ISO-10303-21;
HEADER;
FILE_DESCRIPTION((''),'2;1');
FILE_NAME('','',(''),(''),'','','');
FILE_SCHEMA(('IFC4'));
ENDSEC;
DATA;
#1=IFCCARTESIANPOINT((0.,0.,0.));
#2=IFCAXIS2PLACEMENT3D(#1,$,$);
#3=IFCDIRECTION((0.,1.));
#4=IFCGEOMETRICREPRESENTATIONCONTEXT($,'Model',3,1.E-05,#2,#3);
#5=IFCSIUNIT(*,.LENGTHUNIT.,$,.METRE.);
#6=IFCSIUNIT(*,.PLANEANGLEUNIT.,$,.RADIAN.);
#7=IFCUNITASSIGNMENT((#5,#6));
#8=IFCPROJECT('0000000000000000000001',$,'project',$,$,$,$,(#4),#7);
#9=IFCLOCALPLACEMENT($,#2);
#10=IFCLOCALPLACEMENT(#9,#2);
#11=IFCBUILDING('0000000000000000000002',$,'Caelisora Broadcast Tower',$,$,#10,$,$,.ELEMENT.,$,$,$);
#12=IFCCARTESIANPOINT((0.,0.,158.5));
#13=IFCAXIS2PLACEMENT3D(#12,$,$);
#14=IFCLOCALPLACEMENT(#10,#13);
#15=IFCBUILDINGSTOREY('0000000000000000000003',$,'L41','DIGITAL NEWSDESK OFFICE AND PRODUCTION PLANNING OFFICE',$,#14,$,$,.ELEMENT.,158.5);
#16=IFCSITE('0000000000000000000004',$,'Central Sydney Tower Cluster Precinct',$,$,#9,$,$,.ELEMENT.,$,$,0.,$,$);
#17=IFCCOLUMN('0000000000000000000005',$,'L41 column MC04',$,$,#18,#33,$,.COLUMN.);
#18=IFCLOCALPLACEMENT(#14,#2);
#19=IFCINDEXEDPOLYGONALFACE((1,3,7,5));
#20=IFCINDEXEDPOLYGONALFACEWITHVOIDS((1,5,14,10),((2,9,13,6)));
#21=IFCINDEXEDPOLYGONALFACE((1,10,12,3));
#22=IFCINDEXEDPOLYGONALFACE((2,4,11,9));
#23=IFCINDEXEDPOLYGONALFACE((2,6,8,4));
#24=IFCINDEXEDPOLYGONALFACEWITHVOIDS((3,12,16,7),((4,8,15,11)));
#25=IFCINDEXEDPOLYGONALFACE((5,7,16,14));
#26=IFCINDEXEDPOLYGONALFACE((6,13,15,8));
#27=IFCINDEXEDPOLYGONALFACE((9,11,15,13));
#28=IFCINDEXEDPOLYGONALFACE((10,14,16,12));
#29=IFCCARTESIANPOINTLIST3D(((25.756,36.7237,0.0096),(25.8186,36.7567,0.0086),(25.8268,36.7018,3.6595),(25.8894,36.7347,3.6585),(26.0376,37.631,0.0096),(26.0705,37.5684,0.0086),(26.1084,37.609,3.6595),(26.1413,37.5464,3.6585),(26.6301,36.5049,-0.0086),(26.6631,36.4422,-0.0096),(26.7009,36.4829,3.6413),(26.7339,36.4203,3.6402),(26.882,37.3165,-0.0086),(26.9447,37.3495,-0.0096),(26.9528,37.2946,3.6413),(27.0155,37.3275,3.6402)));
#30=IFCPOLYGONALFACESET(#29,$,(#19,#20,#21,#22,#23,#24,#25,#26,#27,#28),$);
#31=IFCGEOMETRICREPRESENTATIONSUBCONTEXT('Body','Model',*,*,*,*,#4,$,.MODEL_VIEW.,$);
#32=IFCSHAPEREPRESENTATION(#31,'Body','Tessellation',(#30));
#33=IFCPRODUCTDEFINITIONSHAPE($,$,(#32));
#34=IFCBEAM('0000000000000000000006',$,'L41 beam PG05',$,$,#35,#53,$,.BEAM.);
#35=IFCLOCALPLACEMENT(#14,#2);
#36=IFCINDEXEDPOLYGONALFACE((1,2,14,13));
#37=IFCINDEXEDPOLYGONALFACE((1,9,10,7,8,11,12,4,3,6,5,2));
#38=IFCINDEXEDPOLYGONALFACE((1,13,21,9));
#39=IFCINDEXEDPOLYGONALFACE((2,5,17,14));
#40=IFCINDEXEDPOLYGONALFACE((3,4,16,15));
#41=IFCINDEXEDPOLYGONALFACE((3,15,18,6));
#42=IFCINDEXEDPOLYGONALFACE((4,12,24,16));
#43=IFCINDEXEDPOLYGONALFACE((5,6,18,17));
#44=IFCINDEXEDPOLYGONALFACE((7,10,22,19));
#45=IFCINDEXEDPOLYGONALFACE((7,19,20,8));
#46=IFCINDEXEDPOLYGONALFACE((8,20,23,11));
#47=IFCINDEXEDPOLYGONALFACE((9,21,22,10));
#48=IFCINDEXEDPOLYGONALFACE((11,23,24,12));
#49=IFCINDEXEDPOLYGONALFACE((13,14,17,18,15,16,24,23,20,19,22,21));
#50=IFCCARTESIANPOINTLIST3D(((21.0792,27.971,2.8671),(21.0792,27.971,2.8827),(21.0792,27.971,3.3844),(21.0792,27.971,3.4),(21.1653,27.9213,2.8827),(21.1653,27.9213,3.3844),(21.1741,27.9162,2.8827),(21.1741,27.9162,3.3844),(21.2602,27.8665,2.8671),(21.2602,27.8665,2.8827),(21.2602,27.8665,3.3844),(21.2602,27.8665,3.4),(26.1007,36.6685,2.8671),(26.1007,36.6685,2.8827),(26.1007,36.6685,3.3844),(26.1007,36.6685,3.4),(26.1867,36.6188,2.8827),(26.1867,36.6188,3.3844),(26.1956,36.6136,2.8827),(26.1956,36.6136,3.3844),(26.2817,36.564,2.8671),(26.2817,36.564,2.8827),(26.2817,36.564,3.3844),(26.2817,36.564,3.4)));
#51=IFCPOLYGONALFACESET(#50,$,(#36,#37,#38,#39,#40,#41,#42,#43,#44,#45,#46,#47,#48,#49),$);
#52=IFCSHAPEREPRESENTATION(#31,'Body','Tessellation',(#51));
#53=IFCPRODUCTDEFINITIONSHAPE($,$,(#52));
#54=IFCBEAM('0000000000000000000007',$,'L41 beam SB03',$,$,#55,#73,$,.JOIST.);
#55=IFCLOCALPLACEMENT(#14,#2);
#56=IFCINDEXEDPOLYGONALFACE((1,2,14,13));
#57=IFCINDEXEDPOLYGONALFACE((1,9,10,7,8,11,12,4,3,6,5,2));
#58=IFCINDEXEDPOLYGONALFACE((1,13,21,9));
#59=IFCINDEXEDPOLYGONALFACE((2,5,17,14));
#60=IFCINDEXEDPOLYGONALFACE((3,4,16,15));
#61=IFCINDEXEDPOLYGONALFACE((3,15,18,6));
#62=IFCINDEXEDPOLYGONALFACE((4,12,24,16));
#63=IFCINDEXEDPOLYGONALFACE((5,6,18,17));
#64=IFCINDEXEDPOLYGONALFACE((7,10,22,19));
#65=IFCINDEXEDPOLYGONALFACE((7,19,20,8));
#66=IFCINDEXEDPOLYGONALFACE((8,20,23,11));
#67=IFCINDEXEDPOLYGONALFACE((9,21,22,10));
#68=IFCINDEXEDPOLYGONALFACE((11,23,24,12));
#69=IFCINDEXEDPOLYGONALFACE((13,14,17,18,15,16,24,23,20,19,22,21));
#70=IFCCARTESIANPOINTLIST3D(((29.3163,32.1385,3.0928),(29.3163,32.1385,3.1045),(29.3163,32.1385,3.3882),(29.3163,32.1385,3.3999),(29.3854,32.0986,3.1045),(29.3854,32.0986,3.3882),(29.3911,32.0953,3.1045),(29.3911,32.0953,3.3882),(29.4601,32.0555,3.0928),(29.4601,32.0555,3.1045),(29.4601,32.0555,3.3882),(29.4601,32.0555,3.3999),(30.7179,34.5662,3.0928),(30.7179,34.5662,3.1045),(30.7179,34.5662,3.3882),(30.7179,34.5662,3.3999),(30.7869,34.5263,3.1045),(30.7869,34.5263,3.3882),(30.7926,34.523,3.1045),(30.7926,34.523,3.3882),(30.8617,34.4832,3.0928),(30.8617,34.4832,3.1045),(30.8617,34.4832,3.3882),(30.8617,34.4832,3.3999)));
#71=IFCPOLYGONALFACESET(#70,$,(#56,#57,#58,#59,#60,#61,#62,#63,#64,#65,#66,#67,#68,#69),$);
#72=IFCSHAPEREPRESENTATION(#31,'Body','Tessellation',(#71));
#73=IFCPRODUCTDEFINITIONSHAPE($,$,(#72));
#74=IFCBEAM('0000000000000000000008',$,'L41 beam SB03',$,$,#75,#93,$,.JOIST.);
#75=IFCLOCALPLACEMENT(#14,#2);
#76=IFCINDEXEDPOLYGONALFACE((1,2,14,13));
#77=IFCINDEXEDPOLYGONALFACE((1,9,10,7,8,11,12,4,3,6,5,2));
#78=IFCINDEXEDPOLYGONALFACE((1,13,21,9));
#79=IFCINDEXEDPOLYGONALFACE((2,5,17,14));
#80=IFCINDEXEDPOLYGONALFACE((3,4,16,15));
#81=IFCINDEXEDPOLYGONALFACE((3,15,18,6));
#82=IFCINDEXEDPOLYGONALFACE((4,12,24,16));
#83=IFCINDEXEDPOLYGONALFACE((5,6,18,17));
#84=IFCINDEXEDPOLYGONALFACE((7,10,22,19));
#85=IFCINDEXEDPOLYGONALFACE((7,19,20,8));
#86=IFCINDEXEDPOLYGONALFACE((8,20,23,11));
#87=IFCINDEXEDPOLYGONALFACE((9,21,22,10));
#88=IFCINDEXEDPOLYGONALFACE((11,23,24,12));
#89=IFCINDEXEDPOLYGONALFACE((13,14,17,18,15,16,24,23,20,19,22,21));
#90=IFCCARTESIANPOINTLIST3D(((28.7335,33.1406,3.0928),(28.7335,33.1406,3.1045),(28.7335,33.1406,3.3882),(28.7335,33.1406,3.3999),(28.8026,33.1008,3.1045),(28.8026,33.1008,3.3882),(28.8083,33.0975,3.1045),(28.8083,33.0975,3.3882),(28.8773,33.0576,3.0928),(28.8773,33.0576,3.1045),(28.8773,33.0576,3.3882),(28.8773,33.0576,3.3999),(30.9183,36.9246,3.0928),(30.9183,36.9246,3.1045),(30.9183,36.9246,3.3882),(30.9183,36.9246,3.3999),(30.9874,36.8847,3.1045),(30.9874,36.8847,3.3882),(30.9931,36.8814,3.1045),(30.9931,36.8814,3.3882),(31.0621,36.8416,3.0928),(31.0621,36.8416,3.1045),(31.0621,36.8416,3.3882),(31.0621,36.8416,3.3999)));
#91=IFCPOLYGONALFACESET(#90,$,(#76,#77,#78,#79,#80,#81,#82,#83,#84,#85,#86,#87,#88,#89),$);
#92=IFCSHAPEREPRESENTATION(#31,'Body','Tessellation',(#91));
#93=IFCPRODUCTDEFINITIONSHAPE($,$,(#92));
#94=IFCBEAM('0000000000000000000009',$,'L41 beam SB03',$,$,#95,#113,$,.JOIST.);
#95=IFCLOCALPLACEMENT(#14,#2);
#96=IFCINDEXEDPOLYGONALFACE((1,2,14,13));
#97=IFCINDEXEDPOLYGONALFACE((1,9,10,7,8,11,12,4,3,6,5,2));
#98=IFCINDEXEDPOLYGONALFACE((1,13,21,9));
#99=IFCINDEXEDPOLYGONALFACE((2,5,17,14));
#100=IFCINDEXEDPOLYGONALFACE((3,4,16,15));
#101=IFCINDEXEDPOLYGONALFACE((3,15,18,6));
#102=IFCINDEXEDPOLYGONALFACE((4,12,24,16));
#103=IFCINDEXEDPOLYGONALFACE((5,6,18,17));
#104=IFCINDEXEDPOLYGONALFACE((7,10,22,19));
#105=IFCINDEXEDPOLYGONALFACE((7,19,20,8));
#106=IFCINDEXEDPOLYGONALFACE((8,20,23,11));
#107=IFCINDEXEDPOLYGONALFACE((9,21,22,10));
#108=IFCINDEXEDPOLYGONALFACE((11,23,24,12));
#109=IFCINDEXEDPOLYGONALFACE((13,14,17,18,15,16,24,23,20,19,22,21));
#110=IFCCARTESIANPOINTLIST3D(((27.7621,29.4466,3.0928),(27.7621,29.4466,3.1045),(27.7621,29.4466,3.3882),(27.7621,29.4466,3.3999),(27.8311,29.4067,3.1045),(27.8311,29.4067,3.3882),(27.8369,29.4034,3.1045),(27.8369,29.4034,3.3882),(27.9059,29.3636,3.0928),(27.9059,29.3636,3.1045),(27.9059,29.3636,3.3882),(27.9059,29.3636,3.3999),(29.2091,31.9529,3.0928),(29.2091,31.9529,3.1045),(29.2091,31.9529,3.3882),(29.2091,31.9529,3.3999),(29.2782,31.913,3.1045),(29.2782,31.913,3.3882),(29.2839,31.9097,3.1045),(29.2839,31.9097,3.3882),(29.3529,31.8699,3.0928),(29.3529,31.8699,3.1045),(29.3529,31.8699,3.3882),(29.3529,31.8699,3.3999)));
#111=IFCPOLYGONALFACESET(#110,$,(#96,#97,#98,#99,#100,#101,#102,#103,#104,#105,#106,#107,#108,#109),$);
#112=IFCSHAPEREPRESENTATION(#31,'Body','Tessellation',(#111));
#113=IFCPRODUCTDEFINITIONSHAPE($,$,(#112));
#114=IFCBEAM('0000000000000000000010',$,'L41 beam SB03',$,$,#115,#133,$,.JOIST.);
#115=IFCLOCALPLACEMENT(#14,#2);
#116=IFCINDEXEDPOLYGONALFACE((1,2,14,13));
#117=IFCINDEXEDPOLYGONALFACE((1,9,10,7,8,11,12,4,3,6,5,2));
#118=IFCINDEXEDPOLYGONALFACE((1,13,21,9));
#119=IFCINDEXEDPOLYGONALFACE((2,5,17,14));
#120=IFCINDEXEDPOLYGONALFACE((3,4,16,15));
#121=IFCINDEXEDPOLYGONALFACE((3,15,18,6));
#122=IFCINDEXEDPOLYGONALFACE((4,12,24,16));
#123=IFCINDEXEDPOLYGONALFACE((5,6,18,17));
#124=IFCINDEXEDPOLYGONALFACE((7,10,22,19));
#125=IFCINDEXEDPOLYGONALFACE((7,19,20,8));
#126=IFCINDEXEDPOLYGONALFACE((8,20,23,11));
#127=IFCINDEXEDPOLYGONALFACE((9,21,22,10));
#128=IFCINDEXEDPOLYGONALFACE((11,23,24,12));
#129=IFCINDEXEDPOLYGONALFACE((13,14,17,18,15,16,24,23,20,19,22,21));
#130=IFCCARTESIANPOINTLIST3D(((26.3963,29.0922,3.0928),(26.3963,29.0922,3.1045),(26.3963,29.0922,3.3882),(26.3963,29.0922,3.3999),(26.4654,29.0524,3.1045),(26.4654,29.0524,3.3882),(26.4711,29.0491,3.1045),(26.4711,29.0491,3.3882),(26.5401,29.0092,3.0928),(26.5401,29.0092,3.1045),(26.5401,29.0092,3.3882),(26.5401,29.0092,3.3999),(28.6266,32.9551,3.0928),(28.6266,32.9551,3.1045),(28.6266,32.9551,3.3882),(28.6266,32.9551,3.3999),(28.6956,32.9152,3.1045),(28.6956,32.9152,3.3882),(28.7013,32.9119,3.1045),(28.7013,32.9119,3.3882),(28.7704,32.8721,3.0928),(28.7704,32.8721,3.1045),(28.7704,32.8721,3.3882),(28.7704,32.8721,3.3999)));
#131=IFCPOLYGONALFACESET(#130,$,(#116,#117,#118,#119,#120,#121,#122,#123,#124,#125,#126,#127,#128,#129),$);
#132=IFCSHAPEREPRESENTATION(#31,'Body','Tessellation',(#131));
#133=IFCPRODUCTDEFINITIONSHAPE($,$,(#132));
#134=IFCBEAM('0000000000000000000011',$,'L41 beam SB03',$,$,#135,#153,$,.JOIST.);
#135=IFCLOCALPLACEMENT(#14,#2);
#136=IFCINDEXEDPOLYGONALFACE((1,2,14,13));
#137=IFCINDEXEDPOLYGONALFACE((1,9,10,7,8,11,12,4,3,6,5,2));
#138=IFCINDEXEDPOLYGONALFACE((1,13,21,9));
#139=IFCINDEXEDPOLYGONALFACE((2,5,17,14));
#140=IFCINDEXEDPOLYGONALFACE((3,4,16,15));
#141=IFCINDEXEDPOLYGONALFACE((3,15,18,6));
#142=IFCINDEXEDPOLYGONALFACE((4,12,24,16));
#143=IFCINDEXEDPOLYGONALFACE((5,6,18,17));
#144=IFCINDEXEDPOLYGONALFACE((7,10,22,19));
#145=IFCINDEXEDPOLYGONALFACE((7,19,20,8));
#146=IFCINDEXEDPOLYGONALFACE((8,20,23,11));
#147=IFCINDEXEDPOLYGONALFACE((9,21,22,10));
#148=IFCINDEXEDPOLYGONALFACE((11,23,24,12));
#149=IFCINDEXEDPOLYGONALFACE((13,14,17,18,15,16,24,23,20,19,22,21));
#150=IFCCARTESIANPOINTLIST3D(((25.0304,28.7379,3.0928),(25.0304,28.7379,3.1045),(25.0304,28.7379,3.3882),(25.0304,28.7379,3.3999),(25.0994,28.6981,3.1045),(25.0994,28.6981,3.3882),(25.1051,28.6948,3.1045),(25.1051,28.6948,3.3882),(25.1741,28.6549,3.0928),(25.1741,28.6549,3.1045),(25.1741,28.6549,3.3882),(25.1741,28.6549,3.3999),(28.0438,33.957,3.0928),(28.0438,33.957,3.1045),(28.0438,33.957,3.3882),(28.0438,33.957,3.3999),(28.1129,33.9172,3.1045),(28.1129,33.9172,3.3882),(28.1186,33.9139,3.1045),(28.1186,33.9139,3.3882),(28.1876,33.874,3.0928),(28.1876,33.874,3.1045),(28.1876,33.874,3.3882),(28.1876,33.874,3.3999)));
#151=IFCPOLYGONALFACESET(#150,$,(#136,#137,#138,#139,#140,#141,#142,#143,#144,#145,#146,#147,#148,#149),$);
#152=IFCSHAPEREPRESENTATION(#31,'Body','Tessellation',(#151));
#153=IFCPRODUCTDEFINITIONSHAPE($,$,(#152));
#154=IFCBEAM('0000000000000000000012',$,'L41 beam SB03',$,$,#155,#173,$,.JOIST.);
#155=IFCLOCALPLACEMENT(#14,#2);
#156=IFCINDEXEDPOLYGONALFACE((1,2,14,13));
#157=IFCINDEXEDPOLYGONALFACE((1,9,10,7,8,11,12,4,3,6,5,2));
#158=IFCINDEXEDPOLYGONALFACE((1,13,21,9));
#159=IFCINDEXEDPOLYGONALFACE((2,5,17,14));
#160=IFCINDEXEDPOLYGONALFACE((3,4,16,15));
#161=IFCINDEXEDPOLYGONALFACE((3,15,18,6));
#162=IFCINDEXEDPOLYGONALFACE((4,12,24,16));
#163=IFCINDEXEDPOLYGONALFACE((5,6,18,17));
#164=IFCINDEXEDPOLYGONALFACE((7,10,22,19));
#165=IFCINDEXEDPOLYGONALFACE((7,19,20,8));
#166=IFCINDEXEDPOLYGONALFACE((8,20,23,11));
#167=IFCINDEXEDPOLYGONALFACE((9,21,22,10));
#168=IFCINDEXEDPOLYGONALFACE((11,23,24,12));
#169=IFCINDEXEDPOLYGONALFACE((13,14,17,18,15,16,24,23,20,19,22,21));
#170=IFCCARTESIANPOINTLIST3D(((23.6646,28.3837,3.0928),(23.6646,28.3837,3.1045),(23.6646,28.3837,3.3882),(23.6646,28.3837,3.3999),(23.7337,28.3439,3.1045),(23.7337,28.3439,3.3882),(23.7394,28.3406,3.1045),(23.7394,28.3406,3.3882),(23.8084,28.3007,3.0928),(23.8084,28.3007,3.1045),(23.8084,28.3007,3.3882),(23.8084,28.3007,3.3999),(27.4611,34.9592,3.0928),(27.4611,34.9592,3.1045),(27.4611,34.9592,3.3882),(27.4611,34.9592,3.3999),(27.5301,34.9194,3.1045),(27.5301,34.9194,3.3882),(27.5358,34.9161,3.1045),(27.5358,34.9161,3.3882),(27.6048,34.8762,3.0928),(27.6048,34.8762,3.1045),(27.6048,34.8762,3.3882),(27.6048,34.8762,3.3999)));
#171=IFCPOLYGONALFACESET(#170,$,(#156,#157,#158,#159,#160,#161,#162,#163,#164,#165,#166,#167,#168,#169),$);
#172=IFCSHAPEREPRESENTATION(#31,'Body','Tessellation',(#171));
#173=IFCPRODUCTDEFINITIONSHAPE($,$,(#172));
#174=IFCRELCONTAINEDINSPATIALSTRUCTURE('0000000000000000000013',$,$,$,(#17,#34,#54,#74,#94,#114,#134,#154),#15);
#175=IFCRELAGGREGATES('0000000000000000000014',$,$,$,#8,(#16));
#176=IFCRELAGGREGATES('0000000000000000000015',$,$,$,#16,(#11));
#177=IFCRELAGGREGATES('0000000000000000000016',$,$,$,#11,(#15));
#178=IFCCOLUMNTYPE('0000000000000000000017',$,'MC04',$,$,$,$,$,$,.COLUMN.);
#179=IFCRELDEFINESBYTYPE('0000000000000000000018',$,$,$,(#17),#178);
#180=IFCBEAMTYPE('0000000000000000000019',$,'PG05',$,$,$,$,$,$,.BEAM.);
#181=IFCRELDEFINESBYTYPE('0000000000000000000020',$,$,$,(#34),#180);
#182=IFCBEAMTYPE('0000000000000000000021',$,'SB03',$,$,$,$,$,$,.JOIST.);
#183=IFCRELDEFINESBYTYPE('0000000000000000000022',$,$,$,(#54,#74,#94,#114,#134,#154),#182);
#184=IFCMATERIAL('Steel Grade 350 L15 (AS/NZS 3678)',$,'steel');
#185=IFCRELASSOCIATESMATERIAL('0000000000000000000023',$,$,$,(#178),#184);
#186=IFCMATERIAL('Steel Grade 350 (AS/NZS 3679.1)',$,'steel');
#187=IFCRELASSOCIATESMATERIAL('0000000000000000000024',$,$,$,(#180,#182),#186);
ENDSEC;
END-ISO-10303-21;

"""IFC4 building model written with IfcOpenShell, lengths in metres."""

from ifc_helpers import new_model, si_unit, direction, frame, origin, origin_2d, place, context, subcontext, project, spatial, hollow_rectangle, i_section, extrude, source, transform, mapped, material, material_profile, profile_set, type_object, type_shapes, element, save


model = new_model("IFC4")

# Units and contexts
model_context = context("Model", 3, precision=1e-05, world=origin(), true_north=direction((0.0, 1.0)))
body_context = subcontext(model_context, "Body", "Model", "MODEL_VIEW")
ifc_project = project(units=[si_unit("LENGTHUNIT", "METRE"), si_unit("PLANEANGLEUNIT", "RADIAN")], contexts=[model_context])

# Site, building, storey
site_placement = place(None, origin())
site = spatial("IfcSite", under=ifc_project, at=site_placement, Name="Central Sydney Tower Cluster Precinct", CompositionType="ELEMENT", RefElevation=0.0)
building_placement = place(site_placement, origin())
building = spatial("IfcBuilding", under=site, at=building_placement, Name="Caelisora Broadcast Tower", CompositionType="ELEMENT")
storey_placement = place(building_placement, frame((0.0, 0.0, 158.5)))
storey = spatial("IfcBuildingStorey", under=building, at=storey_placement, Name="L41", Description="DIGITAL NEWSDESK OFFICE AND PRODUCTION PLANNING OFFICE", CompositionType="ELEMENT", Elevation=158.5)

# Column
ifc_material_1 = material(Name="Steel Grade 350 L15 (AS/NZS 3678)", Category="steel")
ifc_material_profile_1 = material_profile(ifc_material_1, hollow_rectangle(XDim=0.95, YDim=0.95, WallThickness=0.05, at=origin_2d()), Name="Steel Grade 350 L15 (AS/NZS 3678)")
ifc_profile_set_1 = profile_set([ifc_material_profile_1], Name="Steel Grade 350 L15 (AS/NZS 3678)")
column_type = type_object("IfcColumnType", Name="MC04", PredefinedType="COLUMN", material=ifc_profile_set_1)
shared_shape_1 = source(origin(), body_context, "Body", "SweptSolid", [
    extrude(hollow_rectangle(XDim=0.95, YDim=0.95, WallThickness=0.05, at=origin_2d()), origin(), (0.0, 0.0, 1.0), 3.6506),
])
type_shapes(column_type, [shared_shape_1])
column_placement = place(storey_placement, frame((26.3503, 37.0366, 0.0), z_axis=(0.019394, -0.006019, 0.999794), x_axis=(0.296399, 0.955064, 0.0)))
element("IfcColumn", 1, at=column_placement, inside=storey, type_object=column_type, Name="L41 column MC04", PredefinedType="COLUMN", context=body_context, shape_type="MappedRepresentation", body=[
    mapped(shared_shape_1, transform((0.0, 0.0, 0.0), scale=1.0)),
])

# Beams
ifc_material_2 = material(Name="Steel Grade 350 (AS/NZS 3679.1)", Category="steel")
ifc_material_profile_2 = material_profile(ifc_material_2, i_section(OverallWidth=0.209, OverallDepth=0.533, WebThickness=0.0103, FlangeThickness=0.0156, at=origin_2d()), Name="Steel Grade 350 (AS/NZS 3679.1)")
ifc_profile_set_2 = profile_set([ifc_material_profile_2], Name="Steel Grade 350 (AS/NZS 3679.1)")
beam_type_1 = type_object("IfcBeamType", Name="PG05", PredefinedType="BEAM", material=ifc_profile_set_2)
shared_shape_2 = source(origin(), body_context, "Body", "SweptSolid", [
    extrude(i_section(OverallWidth=0.209, OverallDepth=0.533, WebThickness=0.0103, FlangeThickness=0.0156, at=origin_2d()), origin(), (0.0, 0.0, 1.0), 10.043),
])
type_shapes(beam_type_1, [shared_shape_2])
beam_1_placement = place(storey_placement, frame((26.1912, 36.6162, 3.1335), z_axis=(-0.499998, -0.866026, 0.0), x_axis=(0.866026, -0.499998, 0.0)))
element("IfcBeam", 2, at=beam_1_placement, inside=storey, type_object=beam_type_1, Name="L41 beam PG05", PredefinedType="BEAM", context=body_context, shape_type="MappedRepresentation", body=[
    mapped(shared_shape_2, transform((0.0, 0.0, 0.0), scale=1.0)),
])
ifc_material_profile_3 = material_profile(ifc_material_2, i_section(OverallWidth=0.166, OverallDepth=0.3071, WebThickness=0.0066, FlangeThickness=0.0117, at=origin_2d()), Name="Steel Grade 350 (AS/NZS 3679.1)")
ifc_profile_set_3 = profile_set([ifc_material_profile_3], Name="Steel Grade 350 (AS/NZS 3679.1)")
beam_type_2 = type_object("IfcBeamType", Name="SB03", PredefinedType="JOIST", material=ifc_profile_set_3)
shared_shape_3 = source(origin(), body_context, "Body", "SweptSolid", [
    extrude(i_section(OverallWidth=0.166, OverallDepth=0.3071, WebThickness=0.0066, FlangeThickness=0.0117, at=origin_2d()), origin(), (0.0, 0.0, 1.0), 2.8032),
])
beam_2_placement = place(storey_placement, frame((30.7898, 34.5247, 3.2463), z_axis=(-0.499989, -0.866032, 0.0), x_axis=(0.866032, -0.499989, 0.0)))
element("IfcBeam", 3, at=beam_2_placement, inside=storey, type_object=beam_type_2, Name="L41 beam SB03", PredefinedType="JOIST", context=body_context, shape_type="MappedRepresentation", body=[
    mapped(shared_shape_3, transform((0.0, 0.0, 0.0), scale=1.0)),
])
shared_shape_4 = source(origin(), body_context, "Body", "SweptSolid", [
    extrude(i_section(OverallWidth=0.166, OverallDepth=0.3071, WebThickness=0.0066, FlangeThickness=0.0117, at=origin_2d()), origin(), (0.0, 0.0, 1.0), 4.3694),
])
beam_3_placement = place(storey_placement, frame((30.9902, 36.8831, 3.2463), z_axis=(-0.500027, -0.86601, 0.0), x_axis=(0.86601, -0.500027, 0.0)))
element("IfcBeam", 4, at=beam_3_placement, inside=storey, type_object=beam_type_2, Name="L41 beam SB03", PredefinedType="JOIST", context=body_context, shape_type="MappedRepresentation", body=[
    mapped(shared_shape_4, transform((0.0, 0.0, 0.0), scale=1.0)),
])
shared_shape_5 = source(origin(), body_context, "Body", "SweptSolid", [
    extrude(i_section(OverallWidth=0.166, OverallDepth=0.3071, WebThickness=0.0066, FlangeThickness=0.0117, at=origin_2d()), origin(), (0.0, 0.0, 1.0), 2.894),
])
beam_4_placement = place(storey_placement, frame((29.281, 31.9114, 3.2463), z_axis=(-0.499995, -0.866028, 0.0), x_axis=(0.866028, -0.499995, 0.0)))
element("IfcBeam", 5, at=beam_4_placement, inside=storey, type_object=beam_type_2, Name="L41 beam SB03", PredefinedType="JOIST", context=body_context, shape_type="MappedRepresentation", body=[
    mapped(shared_shape_5, transform((0.0, 0.0, 0.0), scale=1.0)),
])
shared_shape_6 = source(origin(), body_context, "Body", "SweptSolid", [
    extrude(i_section(OverallWidth=0.166, OverallDepth=0.3071, WebThickness=0.0066, FlangeThickness=0.0117, at=origin_2d()), origin(), (0.0, 0.0, 1.0), 4.4604),
])
beam_5_placement = place(storey_placement, frame((28.6985, 32.9136, 3.2463), z_axis=(-0.500007, -0.866022, 0.0), x_axis=(0.866022, -0.500007, 0.0)))
element("IfcBeam", 6, at=beam_5_placement, inside=storey, type_object=beam_type_2, Name="L41 beam SB03", PredefinedType="JOIST", context=body_context, shape_type="MappedRepresentation", body=[
    mapped(shared_shape_6, transform((0.0, 0.0, 0.0), scale=1.0)),
])
shared_shape_7 = source(origin(), body_context, "Body", "SweptSolid", [
    extrude(i_section(OverallWidth=0.166, OverallDepth=0.3071, WebThickness=0.0066, FlangeThickness=0.0117, at=origin_2d()), origin(), (0.0, 0.0, 1.0), 6.0266),
])
beam_6_placement = place(storey_placement, frame((28.1157, 33.9155, 3.2463), z_axis=(-0.50003, -0.866008, 0.0), x_axis=(0.866008, -0.50003, 0.0)))
element("IfcBeam", 7, at=beam_6_placement, inside=storey, type_object=beam_type_2, Name="L41 beam SB03", PredefinedType="JOIST", context=body_context, shape_type="MappedRepresentation", body=[
    mapped(shared_shape_7, transform((0.0, 0.0, 0.0), scale=1.0)),
])
shared_shape_8 = source(origin(), body_context, "Body", "SweptSolid", [
    extrude(i_section(OverallWidth=0.166, OverallDepth=0.3071, WebThickness=0.0066, FlangeThickness=0.0117, at=origin_2d()), origin(), (0.0, 0.0, 1.0), 7.5928),
])
beam_7_placement = place(storey_placement, frame((27.533, 34.9177, 3.2463), z_axis=(-0.500005, -0.866022, 0.0), x_axis=(0.866022, -0.500005, 0.0)))
element("IfcBeam", 8, at=beam_7_placement, inside=storey, type_object=beam_type_2, Name="L41 beam SB03", PredefinedType="JOIST", context=body_context, shape_type="MappedRepresentation", body=[
    mapped(shared_shape_8, transform((0.0, 0.0, 0.0), scale=1.0)),
])

save(model, "model.ifc")
